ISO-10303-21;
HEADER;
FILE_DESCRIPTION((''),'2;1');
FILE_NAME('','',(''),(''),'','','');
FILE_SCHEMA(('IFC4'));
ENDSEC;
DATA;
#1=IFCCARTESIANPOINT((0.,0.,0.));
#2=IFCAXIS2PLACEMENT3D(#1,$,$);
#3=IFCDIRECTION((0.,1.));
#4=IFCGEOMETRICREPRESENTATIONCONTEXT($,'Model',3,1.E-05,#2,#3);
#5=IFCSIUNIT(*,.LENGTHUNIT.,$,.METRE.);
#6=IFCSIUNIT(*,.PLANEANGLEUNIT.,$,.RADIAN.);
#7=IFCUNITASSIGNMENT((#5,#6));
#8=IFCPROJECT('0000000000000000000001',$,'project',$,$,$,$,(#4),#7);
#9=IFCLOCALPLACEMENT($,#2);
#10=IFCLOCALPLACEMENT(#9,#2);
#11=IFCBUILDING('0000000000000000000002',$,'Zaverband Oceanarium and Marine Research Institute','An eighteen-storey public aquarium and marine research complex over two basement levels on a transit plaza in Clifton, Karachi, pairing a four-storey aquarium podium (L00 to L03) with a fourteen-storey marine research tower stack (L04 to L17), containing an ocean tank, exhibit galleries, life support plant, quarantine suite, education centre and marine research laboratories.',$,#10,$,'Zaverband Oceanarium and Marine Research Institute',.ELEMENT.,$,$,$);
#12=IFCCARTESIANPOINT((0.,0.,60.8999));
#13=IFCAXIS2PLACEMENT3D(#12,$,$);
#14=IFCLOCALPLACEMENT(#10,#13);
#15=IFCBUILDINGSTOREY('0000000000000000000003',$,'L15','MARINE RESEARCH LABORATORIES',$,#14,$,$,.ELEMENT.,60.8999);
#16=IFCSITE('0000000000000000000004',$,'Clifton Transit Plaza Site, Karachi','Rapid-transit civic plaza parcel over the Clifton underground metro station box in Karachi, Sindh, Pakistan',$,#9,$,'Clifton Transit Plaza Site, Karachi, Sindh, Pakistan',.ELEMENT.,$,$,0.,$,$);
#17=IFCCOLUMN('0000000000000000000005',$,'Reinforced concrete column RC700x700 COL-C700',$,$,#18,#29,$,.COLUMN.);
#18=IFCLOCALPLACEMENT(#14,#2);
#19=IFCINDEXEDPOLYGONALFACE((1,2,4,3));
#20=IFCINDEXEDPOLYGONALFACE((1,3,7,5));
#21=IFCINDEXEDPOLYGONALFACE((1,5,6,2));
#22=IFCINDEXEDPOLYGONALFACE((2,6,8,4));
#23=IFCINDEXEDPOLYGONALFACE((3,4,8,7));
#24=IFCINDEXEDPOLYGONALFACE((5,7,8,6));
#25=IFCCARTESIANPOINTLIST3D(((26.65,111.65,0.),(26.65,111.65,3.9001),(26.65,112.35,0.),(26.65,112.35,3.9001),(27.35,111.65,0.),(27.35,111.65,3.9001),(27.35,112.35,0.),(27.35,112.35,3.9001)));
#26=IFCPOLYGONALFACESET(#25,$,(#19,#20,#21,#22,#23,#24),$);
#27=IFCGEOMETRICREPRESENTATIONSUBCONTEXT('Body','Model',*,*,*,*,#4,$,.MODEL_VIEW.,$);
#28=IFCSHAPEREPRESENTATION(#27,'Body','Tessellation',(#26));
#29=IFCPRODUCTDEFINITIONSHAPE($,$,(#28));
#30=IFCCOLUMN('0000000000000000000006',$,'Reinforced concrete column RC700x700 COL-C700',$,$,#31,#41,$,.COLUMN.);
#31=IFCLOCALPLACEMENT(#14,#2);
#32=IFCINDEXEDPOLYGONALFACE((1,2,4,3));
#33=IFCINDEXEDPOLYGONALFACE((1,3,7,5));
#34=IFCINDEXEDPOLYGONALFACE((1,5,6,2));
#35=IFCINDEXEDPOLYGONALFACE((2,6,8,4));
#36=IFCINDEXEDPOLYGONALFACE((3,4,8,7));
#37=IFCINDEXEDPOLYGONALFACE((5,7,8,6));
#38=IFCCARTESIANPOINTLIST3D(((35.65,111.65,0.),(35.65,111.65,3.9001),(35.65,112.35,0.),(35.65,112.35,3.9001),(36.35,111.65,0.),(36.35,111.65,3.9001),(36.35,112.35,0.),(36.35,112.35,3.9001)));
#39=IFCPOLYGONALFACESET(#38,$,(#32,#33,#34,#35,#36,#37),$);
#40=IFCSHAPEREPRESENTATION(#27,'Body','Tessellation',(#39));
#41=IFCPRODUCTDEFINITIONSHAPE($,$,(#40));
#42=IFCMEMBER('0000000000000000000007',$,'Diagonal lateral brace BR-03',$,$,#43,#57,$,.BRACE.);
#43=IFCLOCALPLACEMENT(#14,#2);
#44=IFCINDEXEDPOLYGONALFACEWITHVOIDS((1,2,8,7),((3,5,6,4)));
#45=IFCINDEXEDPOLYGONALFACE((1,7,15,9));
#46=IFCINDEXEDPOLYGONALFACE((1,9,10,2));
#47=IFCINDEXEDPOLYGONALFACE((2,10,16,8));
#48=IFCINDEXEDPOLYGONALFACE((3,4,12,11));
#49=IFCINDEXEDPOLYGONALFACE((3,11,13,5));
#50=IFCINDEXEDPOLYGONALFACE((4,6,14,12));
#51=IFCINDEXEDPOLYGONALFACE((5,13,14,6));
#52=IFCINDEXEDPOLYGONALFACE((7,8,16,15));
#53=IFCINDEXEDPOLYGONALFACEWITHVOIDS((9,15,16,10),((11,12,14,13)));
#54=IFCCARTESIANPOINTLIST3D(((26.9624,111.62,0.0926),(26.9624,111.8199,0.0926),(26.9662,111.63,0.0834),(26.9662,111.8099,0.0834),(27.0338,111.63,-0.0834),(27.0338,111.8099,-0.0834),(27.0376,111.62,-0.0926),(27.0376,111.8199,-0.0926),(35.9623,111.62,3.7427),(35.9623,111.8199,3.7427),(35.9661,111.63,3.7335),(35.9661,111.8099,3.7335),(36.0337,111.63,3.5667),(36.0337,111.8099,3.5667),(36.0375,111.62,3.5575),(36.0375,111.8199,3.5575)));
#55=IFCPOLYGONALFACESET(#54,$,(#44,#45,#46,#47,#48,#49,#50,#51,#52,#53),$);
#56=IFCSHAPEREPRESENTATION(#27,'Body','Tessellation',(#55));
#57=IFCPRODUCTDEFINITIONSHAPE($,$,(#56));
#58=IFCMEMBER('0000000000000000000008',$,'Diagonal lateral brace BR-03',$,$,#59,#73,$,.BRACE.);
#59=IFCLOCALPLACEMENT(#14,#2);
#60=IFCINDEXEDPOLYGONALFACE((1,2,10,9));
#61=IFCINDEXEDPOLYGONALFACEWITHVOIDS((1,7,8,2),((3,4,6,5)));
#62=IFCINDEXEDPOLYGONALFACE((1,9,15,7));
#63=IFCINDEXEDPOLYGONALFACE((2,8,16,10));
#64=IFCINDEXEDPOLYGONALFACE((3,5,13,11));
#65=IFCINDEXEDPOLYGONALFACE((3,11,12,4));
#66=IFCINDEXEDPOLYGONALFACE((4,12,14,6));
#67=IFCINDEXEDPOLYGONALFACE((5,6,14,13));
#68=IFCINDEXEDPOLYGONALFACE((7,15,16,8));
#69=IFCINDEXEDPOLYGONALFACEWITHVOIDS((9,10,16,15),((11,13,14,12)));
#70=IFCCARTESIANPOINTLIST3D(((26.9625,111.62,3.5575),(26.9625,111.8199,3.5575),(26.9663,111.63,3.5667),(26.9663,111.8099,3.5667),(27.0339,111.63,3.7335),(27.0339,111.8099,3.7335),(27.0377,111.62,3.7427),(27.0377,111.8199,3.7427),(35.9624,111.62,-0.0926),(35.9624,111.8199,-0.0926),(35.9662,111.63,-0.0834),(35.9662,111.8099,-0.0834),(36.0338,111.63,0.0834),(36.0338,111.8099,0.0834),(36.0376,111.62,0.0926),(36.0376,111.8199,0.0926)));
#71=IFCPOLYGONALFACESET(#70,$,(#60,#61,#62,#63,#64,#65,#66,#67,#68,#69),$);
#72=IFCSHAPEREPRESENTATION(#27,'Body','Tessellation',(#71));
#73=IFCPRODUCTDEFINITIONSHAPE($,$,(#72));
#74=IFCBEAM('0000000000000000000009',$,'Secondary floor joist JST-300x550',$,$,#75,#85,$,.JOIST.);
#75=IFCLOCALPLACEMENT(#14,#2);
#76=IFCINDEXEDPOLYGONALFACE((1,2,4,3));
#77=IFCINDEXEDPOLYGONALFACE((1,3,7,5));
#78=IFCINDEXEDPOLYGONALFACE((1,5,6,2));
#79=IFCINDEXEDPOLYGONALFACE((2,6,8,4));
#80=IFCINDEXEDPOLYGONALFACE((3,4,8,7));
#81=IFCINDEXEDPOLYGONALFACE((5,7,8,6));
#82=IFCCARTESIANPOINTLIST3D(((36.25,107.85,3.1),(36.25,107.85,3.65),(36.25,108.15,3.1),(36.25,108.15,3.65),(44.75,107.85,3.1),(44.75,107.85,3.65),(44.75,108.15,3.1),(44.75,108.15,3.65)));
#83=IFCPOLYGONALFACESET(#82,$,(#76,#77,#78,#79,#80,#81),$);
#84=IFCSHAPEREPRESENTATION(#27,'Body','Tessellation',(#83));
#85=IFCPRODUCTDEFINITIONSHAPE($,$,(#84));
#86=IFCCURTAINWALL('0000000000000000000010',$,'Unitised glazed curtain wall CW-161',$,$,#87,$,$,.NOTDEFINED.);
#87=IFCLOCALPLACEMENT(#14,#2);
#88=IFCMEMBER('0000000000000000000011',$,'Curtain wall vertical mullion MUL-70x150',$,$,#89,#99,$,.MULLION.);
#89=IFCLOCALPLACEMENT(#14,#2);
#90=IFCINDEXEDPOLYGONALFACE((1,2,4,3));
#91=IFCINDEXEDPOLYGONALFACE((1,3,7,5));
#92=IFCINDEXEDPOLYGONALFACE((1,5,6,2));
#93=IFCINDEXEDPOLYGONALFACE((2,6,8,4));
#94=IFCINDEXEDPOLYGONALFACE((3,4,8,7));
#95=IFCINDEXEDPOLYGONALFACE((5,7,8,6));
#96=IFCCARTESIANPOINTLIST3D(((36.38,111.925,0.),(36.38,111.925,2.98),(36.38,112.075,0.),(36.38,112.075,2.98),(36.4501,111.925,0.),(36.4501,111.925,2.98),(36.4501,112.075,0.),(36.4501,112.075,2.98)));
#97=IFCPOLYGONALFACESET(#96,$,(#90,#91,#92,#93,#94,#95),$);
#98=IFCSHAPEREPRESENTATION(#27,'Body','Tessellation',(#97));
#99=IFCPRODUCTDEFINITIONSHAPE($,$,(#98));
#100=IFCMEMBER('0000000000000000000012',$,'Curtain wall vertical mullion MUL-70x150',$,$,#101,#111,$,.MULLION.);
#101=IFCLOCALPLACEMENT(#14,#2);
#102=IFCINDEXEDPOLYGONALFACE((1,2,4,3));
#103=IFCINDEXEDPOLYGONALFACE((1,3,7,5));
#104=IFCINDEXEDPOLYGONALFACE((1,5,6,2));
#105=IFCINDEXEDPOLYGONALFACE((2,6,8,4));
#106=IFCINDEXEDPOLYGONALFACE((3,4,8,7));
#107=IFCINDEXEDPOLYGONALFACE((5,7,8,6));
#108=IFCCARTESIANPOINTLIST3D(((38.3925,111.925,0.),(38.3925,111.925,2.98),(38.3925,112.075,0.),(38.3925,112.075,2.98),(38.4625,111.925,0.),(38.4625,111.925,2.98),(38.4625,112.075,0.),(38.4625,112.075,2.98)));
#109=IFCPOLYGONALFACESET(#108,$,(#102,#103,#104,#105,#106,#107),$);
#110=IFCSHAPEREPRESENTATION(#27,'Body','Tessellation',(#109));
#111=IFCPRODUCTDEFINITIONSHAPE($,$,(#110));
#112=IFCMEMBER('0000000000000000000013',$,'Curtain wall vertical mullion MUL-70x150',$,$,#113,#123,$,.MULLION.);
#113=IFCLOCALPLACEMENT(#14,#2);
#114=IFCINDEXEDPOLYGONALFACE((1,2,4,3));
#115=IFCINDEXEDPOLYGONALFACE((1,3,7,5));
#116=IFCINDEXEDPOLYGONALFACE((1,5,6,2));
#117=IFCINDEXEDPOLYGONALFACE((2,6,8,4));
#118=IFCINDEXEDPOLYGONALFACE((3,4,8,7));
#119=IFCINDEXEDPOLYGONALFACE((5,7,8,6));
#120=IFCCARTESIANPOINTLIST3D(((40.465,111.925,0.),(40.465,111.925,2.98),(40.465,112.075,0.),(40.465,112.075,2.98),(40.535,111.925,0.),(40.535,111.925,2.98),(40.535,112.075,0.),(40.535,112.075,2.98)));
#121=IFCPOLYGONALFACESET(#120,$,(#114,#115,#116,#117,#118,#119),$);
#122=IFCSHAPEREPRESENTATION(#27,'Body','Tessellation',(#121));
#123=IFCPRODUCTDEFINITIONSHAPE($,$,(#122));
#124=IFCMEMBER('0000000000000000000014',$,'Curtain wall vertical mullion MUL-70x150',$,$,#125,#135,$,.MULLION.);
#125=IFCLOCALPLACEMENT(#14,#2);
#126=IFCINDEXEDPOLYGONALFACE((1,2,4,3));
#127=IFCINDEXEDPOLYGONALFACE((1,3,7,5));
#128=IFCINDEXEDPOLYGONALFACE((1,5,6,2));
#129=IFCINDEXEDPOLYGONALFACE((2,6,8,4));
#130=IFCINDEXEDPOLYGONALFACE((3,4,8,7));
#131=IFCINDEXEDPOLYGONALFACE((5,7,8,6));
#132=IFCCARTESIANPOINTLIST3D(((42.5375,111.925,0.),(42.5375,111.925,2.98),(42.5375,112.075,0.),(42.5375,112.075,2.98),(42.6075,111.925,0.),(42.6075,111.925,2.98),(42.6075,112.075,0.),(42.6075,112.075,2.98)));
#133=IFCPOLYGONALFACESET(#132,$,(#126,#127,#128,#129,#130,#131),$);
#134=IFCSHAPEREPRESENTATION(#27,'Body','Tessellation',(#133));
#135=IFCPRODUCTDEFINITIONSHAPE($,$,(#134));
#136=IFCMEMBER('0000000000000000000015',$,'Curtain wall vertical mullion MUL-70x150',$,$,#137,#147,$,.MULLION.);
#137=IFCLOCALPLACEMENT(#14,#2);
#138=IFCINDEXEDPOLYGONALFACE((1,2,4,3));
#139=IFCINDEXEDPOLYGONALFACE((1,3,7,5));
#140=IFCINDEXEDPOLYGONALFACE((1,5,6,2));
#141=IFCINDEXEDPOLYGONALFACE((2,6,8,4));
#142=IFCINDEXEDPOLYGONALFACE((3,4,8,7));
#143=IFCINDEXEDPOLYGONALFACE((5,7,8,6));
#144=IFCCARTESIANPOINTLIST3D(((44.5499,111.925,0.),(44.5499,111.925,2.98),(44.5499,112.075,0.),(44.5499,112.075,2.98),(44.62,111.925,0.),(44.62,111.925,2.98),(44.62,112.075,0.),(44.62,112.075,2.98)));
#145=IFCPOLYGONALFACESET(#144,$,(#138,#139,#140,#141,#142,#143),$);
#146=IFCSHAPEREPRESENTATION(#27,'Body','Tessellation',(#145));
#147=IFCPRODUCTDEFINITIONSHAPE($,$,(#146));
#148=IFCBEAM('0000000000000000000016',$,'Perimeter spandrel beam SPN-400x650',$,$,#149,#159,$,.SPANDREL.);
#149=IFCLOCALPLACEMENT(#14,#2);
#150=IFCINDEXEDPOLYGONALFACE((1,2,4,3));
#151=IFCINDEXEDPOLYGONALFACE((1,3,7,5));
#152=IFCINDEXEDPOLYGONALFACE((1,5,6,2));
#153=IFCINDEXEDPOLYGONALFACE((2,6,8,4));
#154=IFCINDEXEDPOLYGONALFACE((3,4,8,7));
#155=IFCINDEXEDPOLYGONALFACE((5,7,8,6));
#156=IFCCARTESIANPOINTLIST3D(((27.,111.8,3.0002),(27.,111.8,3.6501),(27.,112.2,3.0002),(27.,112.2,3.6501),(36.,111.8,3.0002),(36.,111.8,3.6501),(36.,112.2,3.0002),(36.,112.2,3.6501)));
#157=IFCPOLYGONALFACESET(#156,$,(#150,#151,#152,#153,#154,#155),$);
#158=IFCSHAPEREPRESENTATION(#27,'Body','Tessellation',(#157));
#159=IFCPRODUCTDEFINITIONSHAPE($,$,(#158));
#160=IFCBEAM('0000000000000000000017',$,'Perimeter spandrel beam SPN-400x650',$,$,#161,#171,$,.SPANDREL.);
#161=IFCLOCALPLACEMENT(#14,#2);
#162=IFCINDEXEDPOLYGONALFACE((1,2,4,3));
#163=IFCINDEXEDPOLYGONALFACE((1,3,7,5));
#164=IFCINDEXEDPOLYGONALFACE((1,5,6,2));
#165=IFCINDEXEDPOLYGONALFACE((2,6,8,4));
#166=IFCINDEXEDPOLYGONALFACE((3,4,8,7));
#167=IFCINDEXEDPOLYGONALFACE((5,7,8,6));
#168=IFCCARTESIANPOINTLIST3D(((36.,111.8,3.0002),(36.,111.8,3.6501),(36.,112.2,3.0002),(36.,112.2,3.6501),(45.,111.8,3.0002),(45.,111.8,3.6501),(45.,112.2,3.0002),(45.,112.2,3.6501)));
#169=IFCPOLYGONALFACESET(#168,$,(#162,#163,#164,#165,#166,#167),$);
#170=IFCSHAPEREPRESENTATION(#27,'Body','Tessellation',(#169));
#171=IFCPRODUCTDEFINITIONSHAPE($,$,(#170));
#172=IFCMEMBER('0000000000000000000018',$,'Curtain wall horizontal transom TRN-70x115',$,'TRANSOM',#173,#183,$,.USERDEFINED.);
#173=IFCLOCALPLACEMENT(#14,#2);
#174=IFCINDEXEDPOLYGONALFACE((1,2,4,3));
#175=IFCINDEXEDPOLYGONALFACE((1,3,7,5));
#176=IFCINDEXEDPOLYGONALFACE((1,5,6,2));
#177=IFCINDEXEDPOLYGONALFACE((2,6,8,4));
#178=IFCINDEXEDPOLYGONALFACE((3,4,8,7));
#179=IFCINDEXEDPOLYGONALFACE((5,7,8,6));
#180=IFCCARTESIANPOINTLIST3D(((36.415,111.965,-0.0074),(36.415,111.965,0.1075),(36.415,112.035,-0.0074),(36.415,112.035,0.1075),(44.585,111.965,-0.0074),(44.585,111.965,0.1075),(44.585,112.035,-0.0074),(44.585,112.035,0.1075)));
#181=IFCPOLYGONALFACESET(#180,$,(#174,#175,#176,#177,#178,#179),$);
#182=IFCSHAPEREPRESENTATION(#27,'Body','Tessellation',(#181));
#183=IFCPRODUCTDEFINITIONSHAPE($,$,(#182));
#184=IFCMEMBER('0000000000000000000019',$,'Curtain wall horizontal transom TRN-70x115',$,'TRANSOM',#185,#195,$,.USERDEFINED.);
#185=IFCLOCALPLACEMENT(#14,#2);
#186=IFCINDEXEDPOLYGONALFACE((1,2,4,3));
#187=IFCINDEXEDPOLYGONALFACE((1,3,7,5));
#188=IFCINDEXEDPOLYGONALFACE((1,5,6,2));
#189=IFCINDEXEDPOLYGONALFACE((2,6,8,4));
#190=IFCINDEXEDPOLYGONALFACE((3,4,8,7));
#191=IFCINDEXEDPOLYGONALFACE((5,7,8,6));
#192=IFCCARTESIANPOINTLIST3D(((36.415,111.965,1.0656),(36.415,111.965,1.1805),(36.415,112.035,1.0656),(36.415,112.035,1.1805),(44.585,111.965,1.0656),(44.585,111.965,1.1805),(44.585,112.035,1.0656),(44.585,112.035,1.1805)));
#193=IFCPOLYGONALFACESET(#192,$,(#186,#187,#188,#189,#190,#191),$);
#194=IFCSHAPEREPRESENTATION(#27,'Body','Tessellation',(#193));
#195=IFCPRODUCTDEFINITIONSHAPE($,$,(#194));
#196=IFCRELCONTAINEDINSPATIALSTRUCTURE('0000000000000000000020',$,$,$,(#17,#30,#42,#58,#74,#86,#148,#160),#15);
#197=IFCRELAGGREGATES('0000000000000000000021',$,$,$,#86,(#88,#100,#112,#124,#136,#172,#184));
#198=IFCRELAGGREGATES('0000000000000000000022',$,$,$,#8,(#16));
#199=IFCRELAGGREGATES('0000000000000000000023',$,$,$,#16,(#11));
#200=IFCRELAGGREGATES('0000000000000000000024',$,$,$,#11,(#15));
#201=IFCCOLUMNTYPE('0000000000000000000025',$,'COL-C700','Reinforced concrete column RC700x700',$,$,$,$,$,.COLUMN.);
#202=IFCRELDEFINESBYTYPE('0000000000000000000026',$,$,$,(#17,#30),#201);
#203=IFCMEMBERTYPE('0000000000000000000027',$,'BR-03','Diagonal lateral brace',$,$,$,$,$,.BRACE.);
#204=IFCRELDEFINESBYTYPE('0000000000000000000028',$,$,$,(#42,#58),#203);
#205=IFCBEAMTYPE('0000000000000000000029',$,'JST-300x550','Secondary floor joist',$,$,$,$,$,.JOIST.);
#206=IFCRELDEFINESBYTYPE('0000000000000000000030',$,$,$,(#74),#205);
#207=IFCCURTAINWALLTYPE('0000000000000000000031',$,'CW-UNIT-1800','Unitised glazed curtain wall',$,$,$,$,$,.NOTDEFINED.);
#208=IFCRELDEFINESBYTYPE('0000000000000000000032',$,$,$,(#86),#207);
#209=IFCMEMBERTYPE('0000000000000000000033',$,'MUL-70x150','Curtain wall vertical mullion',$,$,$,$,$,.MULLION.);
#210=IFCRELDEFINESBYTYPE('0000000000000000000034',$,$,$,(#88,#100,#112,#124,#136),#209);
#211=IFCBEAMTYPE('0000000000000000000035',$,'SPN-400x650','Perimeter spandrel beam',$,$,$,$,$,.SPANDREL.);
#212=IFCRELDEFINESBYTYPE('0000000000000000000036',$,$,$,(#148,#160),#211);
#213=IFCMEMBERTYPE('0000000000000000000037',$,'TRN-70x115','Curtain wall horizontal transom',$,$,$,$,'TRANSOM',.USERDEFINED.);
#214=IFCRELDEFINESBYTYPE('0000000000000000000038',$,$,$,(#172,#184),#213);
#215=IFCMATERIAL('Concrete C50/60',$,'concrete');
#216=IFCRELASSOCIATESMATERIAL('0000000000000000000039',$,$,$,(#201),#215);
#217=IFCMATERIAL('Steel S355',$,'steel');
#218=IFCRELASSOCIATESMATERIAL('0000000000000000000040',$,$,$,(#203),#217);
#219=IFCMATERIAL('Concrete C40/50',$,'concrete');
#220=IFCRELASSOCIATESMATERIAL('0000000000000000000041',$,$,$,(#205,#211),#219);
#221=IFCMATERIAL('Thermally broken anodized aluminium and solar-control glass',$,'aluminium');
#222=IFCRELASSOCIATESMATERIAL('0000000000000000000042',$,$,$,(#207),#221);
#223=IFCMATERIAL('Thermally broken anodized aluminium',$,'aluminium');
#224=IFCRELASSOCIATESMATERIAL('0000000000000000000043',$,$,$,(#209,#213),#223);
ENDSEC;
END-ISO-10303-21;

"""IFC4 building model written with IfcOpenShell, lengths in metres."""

from ifc_helpers import new_model, si_unit, direction, frame, origin, origin_2d, place, context, subcontext, project, spatial, rectangle, hollow_rectangle, extrude, material, material_profile, profile_set, type_object, element, aggregate, save


model = new_model("IFC4")

# Units and contexts
model_context = context("Model", 3, precision=1e-05, world=origin(), true_north=direction((0.0, 1.0)))
body_context = subcontext(model_context, "Body", "Model", "MODEL_VIEW")
ifc_project = project(units=[si_unit("LENGTHUNIT", "METRE"), si_unit("PLANEANGLEUNIT", "RADIAN")], contexts=[model_context])

# Site, building, storey
site_placement = place(None, origin())
site = spatial("IfcSite", under=ifc_project, at=site_placement, Name="Clifton Transit Plaza Site, Karachi", Description="Rapid-transit civic plaza parcel over the Clifton underground metro station box in Karachi, Sindh, Pakistan", LongName="Clifton Transit Plaza Site, Karachi, Sindh, Pakistan", CompositionType="ELEMENT", RefElevation=0.0)
building_placement = place(site_placement, origin())
building = spatial("IfcBuilding", under=site, at=building_placement, Name="Zaverband Oceanarium and Marine Research Institute", Description="An eighteen-storey public aquarium and marine research complex over two basement levels on a transit plaza in Clifton, Karachi, pairing a four-storey aquarium podium (L00 to L03) with a fourteen-storey marine research tower stack (L04 to L17), containing an ocean tank, exhibit galleries, life support plant, quarantine suite, education centre and marine research laboratories.", LongName="Zaverband Oceanarium and Marine Research Institute", CompositionType="ELEMENT")
storey_placement = place(building_placement, frame((0.0, 0.0, 60.8999)))
storey = spatial("IfcBuildingStorey", under=building, at=storey_placement, Name="L15", Description="MARINE RESEARCH LABORATORIES", CompositionType="ELEMENT", Elevation=60.8999)

# Columns
ifc_material_1 = material(Name="Concrete C50/60", Category="concrete")
ifc_material_profile_1 = material_profile(ifc_material_1, rectangle(XDim=0.7, YDim=0.7, at=origin_2d()), Name="RC700x700")
ifc_profile_set_1 = profile_set([ifc_material_profile_1], Name="Concrete C50/60")
column_type = type_object("IfcColumnType", Name="COL-C700", Description="Reinforced concrete column RC700x700", PredefinedType="COLUMN", material=ifc_profile_set_1)
for number, where, z_axis, x_axis, name in (
    (1, (27.0, 112.0, 0.0), (0.0, 0.0, 1.0), (1.0, 0.0, 0.0), "Reinforced concrete column RC700x700 COL-C700"),
    (2, (36.0, 112.0, 0.0), (0.0, 0.0, 1.0), (1.0, 0.0, 0.0), "Reinforced concrete column RC700x700 COL-C700"),
):
    element("IfcColumn", number, at=place(storey_placement, frame(where, z_axis=z_axis, x_axis=x_axis)), inside=storey, type_object=column_type, Name=name, PredefinedType="COLUMN", context=body_context, shape_type="SweptSolid", body=[
        extrude(rectangle(XDim=0.7, YDim=0.7, at=origin_2d()), origin(), (0.0, 0.0, 1.0), 3.9001),
    ])

# Members
ifc_material_2 = material(Name="Steel S355", Category="steel")
ifc_material_profile_2 = material_profile(ifc_material_2, hollow_rectangle(XDim=0.2, YDim=0.2, WallThickness=0.01, at=origin_2d()), Name="SHS200x200x10")
ifc_profile_set_2 = profile_set([ifc_material_profile_2], Name="Steel S355")
member_type_1 = type_object("IfcMemberType", Name="BR-03", Description="Diagonal lateral brace", PredefinedType="BRACE", material=ifc_profile_set_2)
for number, where, z_axis, x_axis, name in (
    (3, (27.0, 111.72, 0.0), (0.926686, 0.0, 0.375838), (0.0, 1.0, 0.0), "Diagonal lateral brace BR-03"),
    (4, (36.0, 111.72, 0.0), (-0.926686, 0.0, 0.375838), (0.0, -1.0, 0.0), "Diagonal lateral brace BR-03"),
):
    element("IfcMember", number, at=place(storey_placement, frame(where, z_axis=z_axis, x_axis=x_axis)), inside=storey, type_object=member_type_1, Name=name, PredefinedType="BRACE", context=body_context, shape_type="SweptSolid", body=[
        extrude(hollow_rectangle(XDim=0.2, YDim=0.2, WallThickness=0.01, at=origin_2d()), origin(), (0.0, 0.0, 1.0), 9.7119),
    ])

# Beam
ifc_material_3 = material(Name="Concrete C40/50", Category="concrete")
ifc_material_profile_3 = material_profile(ifc_material_3, rectangle(XDim=0.3, YDim=0.55, at=origin_2d()), Name="RC300x550")
ifc_profile_set_3 = profile_set([ifc_material_profile_3], Name="Concrete C40/50")
beam_type_1 = type_object("IfcBeamType", Name="JST-300x550", Description="Secondary floor joist", PredefinedType="JOIST", material=ifc_profile_set_3)
beam_placement = place(storey_placement, frame((36.25, 108.0, 3.375), z_axis=(1.0, 0.0, 0.0), x_axis=(0.0, 1.0, 0.0)))
element("IfcBeam", 5, at=beam_placement, inside=storey, type_object=beam_type_1, Name="Secondary floor joist JST-300x550", PredefinedType="JOIST", context=body_context, shape_type="SweptSolid", body=[
    extrude(rectangle(XDim=0.3, YDim=0.55, at=origin_2d()), origin(), (0.0, 0.0, 1.0), 8.5),
])

# Curtain wall, members
ifc_material_4 = material(Name="Thermally broken anodized aluminium and solar-control glass", Category="aluminium")
curtain_wall_type = type_object("IfcCurtainWallType", Name="CW-UNIT-1800", Description="Unitised glazed curtain wall", PredefinedType="NOTDEFINED", material=ifc_material_4)
curtain_wall_placement = place(storey_placement, origin())
curtain_wall = element("IfcCurtainWall", 6, at=curtain_wall_placement, inside=storey, type_object=curtain_wall_type, Name="Unitised glazed curtain wall CW-161", PredefinedType="NOTDEFINED")
ifc_material_5 = material(Name="Thermally broken anodized aluminium", Category="aluminium")
ifc_material_profile_4 = material_profile(ifc_material_5, rectangle(XDim=0.0701, YDim=0.1499, at=origin_2d()), Name="AL-MUL-70x150")
ifc_profile_set_4 = profile_set([ifc_material_profile_4], Name="Thermally broken anodized aluminium")
member_type_2 = type_object("IfcMemberType", Name="MUL-70x150", Description="Curtain wall vertical mullion", PredefinedType="MULLION", material=ifc_profile_set_4)
member_1_placement = place(storey_placement, frame((36.415, 112.0, 0.0), z_axis=(0.0, 0.0, 1.0), x_axis=(1.0, 0.0, 0.0)))
member_1 = element("IfcMember", 7, at=member_1_placement, type_object=member_type_2, Name="Curtain wall vertical mullion MUL-70x150", PredefinedType="MULLION", context=body_context, shape_type="SweptSolid", body=[
    extrude(rectangle(XDim=0.0701, YDim=0.1499, at=origin_2d()), origin(), (0.0, 0.0, 1.0), 2.98),
])
member_2_placement = place(storey_placement, frame((38.4275, 112.0, 0.0), z_axis=(0.0, 0.0, 1.0), x_axis=(1.0, 0.0, 0.0)))
member_2 = element("IfcMember", 8, at=member_2_placement, type_object=member_type_2, Name="Curtain wall vertical mullion MUL-70x150", PredefinedType="MULLION", context=body_context, shape_type="SweptSolid", body=[
    extrude(rectangle(XDim=0.0701, YDim=0.1499, at=origin_2d()), origin(), (0.0, 0.0, 1.0), 2.98),
])
member_3_placement = place(storey_placement, frame((40.5, 112.0, 0.0), z_axis=(0.0, 0.0, 1.0), x_axis=(1.0, 0.0, 0.0)))
member_3 = element("IfcMember", 9, at=member_3_placement, type_object=member_type_2, Name="Curtain wall vertical mullion MUL-70x150", PredefinedType="MULLION", context=body_context, shape_type="SweptSolid", body=[
    extrude(rectangle(XDim=0.0701, YDim=0.1499, at=origin_2d()), origin(), (0.0, 0.0, 1.0), 2.98),
])
member_4_placement = place(storey_placement, frame((42.5725, 112.0, 0.0), z_axis=(0.0, 0.0, 1.0), x_axis=(1.0, 0.0, 0.0)))
member_4 = element("IfcMember", 10, at=member_4_placement, type_object=member_type_2, Name="Curtain wall vertical mullion MUL-70x150", PredefinedType="MULLION", context=body_context, shape_type="SweptSolid", body=[
    extrude(rectangle(XDim=0.0701, YDim=0.1499, at=origin_2d()), origin(), (0.0, 0.0, 1.0), 2.98),
])
member_5_placement = place(storey_placement, frame((44.585, 112.0, 0.0), z_axis=(0.0, 0.0, 1.0), x_axis=(1.0, 0.0, 0.0)))
member_5 = element("IfcMember", 11, at=member_5_placement, type_object=member_type_2, Name="Curtain wall vertical mullion MUL-70x150", PredefinedType="MULLION", context=body_context, shape_type="SweptSolid", body=[
    extrude(rectangle(XDim=0.0701, YDim=0.1499, at=origin_2d()), origin(), (0.0, 0.0, 1.0), 2.98),
])

# Beams
ifc_material_profile_5 = material_profile(ifc_material_3, rectangle(XDim=0.3999, YDim=0.6499, at=origin_2d()), Name="RC400x650")
ifc_profile_set_5 = profile_set([ifc_material_profile_5], Name="Concrete C40/50")
beam_type_2 = type_object("IfcBeamType", Name="SPN-400x650", Description="Perimeter spandrel beam", PredefinedType="SPANDREL", material=ifc_profile_set_5)
for number, where, z_axis, x_axis, name in (
    (12, (27.0, 112.0, 3.3252), (1.0, 0.0, 0.0), (0.0, 1.0, 0.0), "Perimeter spandrel beam SPN-400x650"),
    (13, (36.0, 112.0, 3.3252), (1.0, 0.0, 0.0), (0.0, 1.0, 0.0), "Perimeter spandrel beam SPN-400x650"),
):
    element("IfcBeam", number, at=place(storey_placement, frame(where, z_axis=z_axis, x_axis=x_axis)), inside=storey, type_object=beam_type_2, Name=name, PredefinedType="SPANDREL", context=body_context, shape_type="SweptSolid", body=[
        extrude(rectangle(XDim=0.3999, YDim=0.6499, at=origin_2d()), origin(), (0.0, 0.0, 1.0), 9.0),
    ])

# Members
ifc_material_profile_6 = material_profile(ifc_material_5, rectangle(XDim=0.0701, YDim=0.115, at=origin_2d()), Name="AL-TRN-70x115")
ifc_profile_set_6 = profile_set([ifc_material_profile_6], Name="Thermally broken anodized aluminium")
member_type_3 = type_object("IfcMemberType", Name="TRN-70x115", Description="Curtain wall horizontal transom", ElementType="TRANSOM", PredefinedType="USERDEFINED", material=ifc_profile_set_6)
member_6_placement = place(storey_placement, frame((36.415, 112.0, 0.05), z_axis=(1.0, 0.0, 0.0), x_axis=(0.0, 1.0, 0.0)))
member_6 = element("IfcMember", 14, at=member_6_placement, type_object=member_type_3, Name="Curtain wall horizontal transom TRN-70x115", ObjectType="TRANSOM", PredefinedType="USERDEFINED", context=body_context, shape_type="SweptSolid", body=[
    extrude(rectangle(XDim=0.0701, YDim=0.115, at=origin_2d()), origin(), (0.0, 0.0, 1.0), 8.1699),
])
member_7_placement = place(storey_placement, frame((36.415, 112.0, 1.123), z_axis=(1.0, 0.0, 0.0), x_axis=(0.0, 1.0, 0.0)))
member_7 = element("IfcMember", 15, at=member_7_placement, type_object=member_type_3, Name="Curtain wall horizontal transom TRN-70x115", ObjectType="TRANSOM", PredefinedType="USERDEFINED", context=body_context, shape_type="SweptSolid", body=[
    extrude(rectangle(XDim=0.0701, YDim=0.115, at=origin_2d()), origin(), (0.0, 0.0, 1.0), 8.1699),
])

aggregate(curtain_wall, [member_1, member_2, member_3, member_4, member_5, member_6, member_7])

save(model, "model.ifc")
